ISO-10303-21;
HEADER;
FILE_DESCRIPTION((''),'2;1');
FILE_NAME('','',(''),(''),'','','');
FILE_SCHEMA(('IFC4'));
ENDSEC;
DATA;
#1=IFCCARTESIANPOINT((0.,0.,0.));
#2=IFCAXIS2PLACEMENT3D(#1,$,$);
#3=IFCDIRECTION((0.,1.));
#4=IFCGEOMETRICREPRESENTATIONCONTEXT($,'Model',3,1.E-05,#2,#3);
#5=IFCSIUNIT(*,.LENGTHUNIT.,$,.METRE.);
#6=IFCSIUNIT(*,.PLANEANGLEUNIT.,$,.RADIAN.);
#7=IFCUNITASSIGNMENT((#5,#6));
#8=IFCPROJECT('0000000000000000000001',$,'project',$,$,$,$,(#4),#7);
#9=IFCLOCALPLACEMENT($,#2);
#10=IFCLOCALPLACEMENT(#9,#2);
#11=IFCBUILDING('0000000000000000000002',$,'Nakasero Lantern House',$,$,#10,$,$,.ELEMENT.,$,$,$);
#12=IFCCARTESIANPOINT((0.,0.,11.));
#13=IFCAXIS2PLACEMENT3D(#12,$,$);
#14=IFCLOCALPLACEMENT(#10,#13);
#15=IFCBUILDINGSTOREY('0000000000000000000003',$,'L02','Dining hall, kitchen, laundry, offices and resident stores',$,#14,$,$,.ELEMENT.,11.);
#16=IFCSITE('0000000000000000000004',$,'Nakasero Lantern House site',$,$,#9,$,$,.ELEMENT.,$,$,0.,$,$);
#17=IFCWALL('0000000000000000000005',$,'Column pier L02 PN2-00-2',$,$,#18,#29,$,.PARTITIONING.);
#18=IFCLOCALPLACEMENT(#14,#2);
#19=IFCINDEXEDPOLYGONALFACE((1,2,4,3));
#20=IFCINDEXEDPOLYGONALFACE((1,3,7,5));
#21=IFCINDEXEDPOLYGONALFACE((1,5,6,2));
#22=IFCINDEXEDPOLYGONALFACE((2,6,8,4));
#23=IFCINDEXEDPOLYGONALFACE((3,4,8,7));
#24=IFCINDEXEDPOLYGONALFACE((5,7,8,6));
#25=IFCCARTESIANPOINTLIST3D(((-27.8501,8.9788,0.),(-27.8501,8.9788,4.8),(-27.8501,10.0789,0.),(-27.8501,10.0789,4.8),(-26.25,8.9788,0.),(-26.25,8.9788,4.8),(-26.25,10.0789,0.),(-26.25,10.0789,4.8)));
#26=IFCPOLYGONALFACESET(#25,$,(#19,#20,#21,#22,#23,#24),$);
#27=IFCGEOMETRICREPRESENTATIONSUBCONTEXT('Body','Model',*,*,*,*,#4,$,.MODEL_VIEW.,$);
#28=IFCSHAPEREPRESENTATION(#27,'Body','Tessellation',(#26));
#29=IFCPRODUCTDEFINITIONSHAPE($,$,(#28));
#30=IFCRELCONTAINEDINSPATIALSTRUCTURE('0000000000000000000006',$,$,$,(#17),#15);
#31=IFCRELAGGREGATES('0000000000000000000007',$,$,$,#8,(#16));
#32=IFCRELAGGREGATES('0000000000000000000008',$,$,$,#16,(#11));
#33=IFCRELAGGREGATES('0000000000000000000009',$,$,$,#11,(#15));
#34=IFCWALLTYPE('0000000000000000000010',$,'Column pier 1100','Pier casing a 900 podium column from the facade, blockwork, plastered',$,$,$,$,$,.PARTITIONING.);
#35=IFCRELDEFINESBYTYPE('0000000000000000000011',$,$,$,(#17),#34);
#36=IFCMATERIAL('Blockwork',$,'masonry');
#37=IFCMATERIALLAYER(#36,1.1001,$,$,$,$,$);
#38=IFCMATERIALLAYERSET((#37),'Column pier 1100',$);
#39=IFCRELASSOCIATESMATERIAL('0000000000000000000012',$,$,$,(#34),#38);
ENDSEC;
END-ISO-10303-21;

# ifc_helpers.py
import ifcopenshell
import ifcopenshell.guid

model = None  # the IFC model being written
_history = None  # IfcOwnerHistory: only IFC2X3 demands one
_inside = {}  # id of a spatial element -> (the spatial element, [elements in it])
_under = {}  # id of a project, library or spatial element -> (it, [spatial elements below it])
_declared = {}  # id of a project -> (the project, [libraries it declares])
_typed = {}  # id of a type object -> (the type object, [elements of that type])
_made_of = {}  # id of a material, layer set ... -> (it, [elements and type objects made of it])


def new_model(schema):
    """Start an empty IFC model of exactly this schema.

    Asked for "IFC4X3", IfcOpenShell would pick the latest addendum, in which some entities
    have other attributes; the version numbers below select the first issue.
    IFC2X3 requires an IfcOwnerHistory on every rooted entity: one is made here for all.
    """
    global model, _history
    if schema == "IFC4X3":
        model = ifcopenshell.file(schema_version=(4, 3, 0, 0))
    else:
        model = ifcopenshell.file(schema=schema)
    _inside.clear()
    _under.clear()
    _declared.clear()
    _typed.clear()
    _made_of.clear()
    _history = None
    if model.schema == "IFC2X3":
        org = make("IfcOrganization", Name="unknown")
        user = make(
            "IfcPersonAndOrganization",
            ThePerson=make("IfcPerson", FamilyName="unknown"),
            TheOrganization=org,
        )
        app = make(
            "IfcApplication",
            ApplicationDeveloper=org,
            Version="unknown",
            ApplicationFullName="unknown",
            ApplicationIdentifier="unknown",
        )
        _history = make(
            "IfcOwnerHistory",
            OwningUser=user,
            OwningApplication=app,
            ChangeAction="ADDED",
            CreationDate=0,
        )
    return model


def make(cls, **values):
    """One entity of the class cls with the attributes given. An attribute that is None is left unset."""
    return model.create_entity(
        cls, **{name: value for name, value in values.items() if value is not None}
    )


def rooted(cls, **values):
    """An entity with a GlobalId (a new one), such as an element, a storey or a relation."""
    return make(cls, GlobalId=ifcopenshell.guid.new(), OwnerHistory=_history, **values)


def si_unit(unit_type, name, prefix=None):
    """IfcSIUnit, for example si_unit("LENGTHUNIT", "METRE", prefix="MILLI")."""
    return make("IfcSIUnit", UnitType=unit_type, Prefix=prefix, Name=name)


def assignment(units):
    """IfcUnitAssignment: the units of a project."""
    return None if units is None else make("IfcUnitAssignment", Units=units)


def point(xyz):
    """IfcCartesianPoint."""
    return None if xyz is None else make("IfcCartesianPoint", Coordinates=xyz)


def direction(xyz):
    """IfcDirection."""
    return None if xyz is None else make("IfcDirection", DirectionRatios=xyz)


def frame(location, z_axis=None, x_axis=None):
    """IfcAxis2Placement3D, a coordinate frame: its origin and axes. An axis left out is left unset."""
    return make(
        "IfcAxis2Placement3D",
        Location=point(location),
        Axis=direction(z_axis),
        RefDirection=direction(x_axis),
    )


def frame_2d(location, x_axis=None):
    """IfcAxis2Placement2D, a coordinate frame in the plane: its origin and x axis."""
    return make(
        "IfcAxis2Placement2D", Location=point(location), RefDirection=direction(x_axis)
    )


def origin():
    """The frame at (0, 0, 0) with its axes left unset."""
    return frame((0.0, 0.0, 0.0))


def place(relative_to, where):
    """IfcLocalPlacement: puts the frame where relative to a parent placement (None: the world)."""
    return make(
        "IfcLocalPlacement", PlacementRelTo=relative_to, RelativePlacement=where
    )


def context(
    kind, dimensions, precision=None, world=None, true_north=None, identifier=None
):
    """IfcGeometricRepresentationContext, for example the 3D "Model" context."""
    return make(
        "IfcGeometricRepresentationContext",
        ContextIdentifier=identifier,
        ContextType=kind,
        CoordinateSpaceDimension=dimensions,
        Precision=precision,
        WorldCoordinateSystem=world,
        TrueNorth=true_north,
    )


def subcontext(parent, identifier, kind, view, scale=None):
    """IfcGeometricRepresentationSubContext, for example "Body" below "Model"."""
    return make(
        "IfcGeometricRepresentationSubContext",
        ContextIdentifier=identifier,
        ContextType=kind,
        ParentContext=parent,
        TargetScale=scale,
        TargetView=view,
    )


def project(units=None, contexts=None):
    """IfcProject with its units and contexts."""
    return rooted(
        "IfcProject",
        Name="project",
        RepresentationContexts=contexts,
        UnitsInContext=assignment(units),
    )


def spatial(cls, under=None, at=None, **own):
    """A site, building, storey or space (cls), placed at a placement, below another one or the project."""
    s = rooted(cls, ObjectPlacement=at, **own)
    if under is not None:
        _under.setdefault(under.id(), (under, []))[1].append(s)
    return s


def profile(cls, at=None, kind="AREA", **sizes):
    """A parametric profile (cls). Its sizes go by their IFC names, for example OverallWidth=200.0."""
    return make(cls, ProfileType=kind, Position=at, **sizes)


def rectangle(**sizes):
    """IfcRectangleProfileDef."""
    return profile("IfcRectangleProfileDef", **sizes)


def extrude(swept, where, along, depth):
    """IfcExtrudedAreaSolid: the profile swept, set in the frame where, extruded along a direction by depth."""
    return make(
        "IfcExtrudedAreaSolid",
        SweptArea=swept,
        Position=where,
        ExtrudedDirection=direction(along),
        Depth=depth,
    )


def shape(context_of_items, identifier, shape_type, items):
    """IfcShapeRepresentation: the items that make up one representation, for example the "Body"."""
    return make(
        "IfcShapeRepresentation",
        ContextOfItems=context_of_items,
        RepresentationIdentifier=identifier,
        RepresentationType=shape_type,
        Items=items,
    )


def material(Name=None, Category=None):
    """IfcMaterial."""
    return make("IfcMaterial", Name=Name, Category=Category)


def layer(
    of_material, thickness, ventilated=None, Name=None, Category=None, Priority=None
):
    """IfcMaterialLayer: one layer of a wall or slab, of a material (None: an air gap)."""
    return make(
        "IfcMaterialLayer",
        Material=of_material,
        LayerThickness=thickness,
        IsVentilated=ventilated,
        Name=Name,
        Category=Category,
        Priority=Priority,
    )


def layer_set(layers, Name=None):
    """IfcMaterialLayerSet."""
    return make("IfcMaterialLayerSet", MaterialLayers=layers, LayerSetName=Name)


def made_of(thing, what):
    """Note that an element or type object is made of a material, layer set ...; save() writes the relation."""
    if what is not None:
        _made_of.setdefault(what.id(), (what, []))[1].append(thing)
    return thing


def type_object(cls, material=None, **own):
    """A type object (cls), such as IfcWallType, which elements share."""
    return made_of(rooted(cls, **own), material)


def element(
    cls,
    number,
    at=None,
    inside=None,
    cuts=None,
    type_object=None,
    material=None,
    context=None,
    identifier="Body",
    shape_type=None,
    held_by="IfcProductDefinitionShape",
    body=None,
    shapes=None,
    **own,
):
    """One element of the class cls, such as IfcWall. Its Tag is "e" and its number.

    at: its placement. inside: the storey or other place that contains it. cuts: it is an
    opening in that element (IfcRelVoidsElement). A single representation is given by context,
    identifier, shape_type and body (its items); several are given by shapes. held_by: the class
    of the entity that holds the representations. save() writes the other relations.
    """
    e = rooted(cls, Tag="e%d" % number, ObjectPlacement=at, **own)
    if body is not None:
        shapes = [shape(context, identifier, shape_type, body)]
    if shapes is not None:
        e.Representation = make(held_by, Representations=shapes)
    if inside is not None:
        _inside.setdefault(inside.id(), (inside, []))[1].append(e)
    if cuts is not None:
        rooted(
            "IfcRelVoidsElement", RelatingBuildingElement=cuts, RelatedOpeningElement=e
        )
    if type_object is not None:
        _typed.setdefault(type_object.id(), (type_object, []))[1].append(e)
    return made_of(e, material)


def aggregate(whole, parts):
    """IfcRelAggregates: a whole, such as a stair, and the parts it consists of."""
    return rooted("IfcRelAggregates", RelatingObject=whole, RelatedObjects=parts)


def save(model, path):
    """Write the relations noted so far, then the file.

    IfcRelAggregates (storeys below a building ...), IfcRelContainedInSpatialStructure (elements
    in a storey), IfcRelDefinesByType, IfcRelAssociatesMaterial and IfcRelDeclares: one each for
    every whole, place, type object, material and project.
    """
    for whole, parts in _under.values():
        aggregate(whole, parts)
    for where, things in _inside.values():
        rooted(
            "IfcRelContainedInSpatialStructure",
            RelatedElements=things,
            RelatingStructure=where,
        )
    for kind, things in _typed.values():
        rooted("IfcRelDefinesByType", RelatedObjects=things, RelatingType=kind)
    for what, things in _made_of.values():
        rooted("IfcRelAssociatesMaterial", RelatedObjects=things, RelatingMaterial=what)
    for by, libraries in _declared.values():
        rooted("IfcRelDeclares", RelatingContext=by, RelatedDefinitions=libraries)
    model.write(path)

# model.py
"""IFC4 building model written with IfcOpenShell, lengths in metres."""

from ifc_helpers import new_model, si_unit, direction, frame, frame_2d, origin, place, context, subcontext, project, spatial, rectangle, extrude, material, layer, layer_set, type_object, element, save


model = new_model("IFC4")

# Units and contexts
model_context = context("Model", 3, precision=1e-05, world=origin(), true_north=direction((0.0, 1.0)))
body_context = subcontext(model_context, "Body", "Model", "MODEL_VIEW")
ifc_project = project(units=[si_unit("LENGTHUNIT", "METRE"), si_unit("PLANEANGLEUNIT", "RADIAN")], contexts=[model_context])

# Site, building, storey
site_placement = place(None, origin())
site = spatial("IfcSite", under=ifc_project, at=site_placement, Name="Nakasero Lantern House site", CompositionType="ELEMENT", RefElevation=0.0)
building_placement = place(site_placement, origin())
building = spatial("IfcBuilding", under=site, at=building_placement, Name="Nakasero Lantern House", CompositionType="ELEMENT")
storey_placement = place(building_placement, frame((0.0, 0.0, 11.0)))
storey = spatial("IfcBuildingStorey", under=building, at=storey_placement, Name="L02", Description="Dining hall, kitchen, laundry, offices and resident stores", CompositionType="ELEMENT", Elevation=11.0)

# Wall
ifc_material_1 = material(Name="Blockwork", Category="masonry")
ifc_layer_1 = layer(ifc_material_1, 1.1001)
ifc_layer_set_1 = layer_set([ifc_layer_1], Name="Column pier 1100")
wall_type = type_object("IfcWallType", Name="Column pier 1100", Description="Pier casing a 900 podium column from the facade, blockwork, plastered", PredefinedType="PARTITIONING", material=ifc_layer_set_1)
wall_placement = place(storey_placement, frame((-26.25, 9.5288, 0.0), z_axis=(0.0, 0.0, 1.0), x_axis=(-1.0, 0.0, 0.0)))
element("IfcWall", 1, at=wall_placement, inside=storey, type_object=wall_type, Name="Column pier L02 PN2-00-2", PredefinedType="PARTITIONING", context=body_context, shape_type="SweptSolid", body=[
    extrude(rectangle(XDim=1.6001, YDim=1.1001, at=frame_2d((0.8, 0.0))), origin(), (0.0, 0.0, 1.0), 4.8),
])

save(model, "model.ifc")
